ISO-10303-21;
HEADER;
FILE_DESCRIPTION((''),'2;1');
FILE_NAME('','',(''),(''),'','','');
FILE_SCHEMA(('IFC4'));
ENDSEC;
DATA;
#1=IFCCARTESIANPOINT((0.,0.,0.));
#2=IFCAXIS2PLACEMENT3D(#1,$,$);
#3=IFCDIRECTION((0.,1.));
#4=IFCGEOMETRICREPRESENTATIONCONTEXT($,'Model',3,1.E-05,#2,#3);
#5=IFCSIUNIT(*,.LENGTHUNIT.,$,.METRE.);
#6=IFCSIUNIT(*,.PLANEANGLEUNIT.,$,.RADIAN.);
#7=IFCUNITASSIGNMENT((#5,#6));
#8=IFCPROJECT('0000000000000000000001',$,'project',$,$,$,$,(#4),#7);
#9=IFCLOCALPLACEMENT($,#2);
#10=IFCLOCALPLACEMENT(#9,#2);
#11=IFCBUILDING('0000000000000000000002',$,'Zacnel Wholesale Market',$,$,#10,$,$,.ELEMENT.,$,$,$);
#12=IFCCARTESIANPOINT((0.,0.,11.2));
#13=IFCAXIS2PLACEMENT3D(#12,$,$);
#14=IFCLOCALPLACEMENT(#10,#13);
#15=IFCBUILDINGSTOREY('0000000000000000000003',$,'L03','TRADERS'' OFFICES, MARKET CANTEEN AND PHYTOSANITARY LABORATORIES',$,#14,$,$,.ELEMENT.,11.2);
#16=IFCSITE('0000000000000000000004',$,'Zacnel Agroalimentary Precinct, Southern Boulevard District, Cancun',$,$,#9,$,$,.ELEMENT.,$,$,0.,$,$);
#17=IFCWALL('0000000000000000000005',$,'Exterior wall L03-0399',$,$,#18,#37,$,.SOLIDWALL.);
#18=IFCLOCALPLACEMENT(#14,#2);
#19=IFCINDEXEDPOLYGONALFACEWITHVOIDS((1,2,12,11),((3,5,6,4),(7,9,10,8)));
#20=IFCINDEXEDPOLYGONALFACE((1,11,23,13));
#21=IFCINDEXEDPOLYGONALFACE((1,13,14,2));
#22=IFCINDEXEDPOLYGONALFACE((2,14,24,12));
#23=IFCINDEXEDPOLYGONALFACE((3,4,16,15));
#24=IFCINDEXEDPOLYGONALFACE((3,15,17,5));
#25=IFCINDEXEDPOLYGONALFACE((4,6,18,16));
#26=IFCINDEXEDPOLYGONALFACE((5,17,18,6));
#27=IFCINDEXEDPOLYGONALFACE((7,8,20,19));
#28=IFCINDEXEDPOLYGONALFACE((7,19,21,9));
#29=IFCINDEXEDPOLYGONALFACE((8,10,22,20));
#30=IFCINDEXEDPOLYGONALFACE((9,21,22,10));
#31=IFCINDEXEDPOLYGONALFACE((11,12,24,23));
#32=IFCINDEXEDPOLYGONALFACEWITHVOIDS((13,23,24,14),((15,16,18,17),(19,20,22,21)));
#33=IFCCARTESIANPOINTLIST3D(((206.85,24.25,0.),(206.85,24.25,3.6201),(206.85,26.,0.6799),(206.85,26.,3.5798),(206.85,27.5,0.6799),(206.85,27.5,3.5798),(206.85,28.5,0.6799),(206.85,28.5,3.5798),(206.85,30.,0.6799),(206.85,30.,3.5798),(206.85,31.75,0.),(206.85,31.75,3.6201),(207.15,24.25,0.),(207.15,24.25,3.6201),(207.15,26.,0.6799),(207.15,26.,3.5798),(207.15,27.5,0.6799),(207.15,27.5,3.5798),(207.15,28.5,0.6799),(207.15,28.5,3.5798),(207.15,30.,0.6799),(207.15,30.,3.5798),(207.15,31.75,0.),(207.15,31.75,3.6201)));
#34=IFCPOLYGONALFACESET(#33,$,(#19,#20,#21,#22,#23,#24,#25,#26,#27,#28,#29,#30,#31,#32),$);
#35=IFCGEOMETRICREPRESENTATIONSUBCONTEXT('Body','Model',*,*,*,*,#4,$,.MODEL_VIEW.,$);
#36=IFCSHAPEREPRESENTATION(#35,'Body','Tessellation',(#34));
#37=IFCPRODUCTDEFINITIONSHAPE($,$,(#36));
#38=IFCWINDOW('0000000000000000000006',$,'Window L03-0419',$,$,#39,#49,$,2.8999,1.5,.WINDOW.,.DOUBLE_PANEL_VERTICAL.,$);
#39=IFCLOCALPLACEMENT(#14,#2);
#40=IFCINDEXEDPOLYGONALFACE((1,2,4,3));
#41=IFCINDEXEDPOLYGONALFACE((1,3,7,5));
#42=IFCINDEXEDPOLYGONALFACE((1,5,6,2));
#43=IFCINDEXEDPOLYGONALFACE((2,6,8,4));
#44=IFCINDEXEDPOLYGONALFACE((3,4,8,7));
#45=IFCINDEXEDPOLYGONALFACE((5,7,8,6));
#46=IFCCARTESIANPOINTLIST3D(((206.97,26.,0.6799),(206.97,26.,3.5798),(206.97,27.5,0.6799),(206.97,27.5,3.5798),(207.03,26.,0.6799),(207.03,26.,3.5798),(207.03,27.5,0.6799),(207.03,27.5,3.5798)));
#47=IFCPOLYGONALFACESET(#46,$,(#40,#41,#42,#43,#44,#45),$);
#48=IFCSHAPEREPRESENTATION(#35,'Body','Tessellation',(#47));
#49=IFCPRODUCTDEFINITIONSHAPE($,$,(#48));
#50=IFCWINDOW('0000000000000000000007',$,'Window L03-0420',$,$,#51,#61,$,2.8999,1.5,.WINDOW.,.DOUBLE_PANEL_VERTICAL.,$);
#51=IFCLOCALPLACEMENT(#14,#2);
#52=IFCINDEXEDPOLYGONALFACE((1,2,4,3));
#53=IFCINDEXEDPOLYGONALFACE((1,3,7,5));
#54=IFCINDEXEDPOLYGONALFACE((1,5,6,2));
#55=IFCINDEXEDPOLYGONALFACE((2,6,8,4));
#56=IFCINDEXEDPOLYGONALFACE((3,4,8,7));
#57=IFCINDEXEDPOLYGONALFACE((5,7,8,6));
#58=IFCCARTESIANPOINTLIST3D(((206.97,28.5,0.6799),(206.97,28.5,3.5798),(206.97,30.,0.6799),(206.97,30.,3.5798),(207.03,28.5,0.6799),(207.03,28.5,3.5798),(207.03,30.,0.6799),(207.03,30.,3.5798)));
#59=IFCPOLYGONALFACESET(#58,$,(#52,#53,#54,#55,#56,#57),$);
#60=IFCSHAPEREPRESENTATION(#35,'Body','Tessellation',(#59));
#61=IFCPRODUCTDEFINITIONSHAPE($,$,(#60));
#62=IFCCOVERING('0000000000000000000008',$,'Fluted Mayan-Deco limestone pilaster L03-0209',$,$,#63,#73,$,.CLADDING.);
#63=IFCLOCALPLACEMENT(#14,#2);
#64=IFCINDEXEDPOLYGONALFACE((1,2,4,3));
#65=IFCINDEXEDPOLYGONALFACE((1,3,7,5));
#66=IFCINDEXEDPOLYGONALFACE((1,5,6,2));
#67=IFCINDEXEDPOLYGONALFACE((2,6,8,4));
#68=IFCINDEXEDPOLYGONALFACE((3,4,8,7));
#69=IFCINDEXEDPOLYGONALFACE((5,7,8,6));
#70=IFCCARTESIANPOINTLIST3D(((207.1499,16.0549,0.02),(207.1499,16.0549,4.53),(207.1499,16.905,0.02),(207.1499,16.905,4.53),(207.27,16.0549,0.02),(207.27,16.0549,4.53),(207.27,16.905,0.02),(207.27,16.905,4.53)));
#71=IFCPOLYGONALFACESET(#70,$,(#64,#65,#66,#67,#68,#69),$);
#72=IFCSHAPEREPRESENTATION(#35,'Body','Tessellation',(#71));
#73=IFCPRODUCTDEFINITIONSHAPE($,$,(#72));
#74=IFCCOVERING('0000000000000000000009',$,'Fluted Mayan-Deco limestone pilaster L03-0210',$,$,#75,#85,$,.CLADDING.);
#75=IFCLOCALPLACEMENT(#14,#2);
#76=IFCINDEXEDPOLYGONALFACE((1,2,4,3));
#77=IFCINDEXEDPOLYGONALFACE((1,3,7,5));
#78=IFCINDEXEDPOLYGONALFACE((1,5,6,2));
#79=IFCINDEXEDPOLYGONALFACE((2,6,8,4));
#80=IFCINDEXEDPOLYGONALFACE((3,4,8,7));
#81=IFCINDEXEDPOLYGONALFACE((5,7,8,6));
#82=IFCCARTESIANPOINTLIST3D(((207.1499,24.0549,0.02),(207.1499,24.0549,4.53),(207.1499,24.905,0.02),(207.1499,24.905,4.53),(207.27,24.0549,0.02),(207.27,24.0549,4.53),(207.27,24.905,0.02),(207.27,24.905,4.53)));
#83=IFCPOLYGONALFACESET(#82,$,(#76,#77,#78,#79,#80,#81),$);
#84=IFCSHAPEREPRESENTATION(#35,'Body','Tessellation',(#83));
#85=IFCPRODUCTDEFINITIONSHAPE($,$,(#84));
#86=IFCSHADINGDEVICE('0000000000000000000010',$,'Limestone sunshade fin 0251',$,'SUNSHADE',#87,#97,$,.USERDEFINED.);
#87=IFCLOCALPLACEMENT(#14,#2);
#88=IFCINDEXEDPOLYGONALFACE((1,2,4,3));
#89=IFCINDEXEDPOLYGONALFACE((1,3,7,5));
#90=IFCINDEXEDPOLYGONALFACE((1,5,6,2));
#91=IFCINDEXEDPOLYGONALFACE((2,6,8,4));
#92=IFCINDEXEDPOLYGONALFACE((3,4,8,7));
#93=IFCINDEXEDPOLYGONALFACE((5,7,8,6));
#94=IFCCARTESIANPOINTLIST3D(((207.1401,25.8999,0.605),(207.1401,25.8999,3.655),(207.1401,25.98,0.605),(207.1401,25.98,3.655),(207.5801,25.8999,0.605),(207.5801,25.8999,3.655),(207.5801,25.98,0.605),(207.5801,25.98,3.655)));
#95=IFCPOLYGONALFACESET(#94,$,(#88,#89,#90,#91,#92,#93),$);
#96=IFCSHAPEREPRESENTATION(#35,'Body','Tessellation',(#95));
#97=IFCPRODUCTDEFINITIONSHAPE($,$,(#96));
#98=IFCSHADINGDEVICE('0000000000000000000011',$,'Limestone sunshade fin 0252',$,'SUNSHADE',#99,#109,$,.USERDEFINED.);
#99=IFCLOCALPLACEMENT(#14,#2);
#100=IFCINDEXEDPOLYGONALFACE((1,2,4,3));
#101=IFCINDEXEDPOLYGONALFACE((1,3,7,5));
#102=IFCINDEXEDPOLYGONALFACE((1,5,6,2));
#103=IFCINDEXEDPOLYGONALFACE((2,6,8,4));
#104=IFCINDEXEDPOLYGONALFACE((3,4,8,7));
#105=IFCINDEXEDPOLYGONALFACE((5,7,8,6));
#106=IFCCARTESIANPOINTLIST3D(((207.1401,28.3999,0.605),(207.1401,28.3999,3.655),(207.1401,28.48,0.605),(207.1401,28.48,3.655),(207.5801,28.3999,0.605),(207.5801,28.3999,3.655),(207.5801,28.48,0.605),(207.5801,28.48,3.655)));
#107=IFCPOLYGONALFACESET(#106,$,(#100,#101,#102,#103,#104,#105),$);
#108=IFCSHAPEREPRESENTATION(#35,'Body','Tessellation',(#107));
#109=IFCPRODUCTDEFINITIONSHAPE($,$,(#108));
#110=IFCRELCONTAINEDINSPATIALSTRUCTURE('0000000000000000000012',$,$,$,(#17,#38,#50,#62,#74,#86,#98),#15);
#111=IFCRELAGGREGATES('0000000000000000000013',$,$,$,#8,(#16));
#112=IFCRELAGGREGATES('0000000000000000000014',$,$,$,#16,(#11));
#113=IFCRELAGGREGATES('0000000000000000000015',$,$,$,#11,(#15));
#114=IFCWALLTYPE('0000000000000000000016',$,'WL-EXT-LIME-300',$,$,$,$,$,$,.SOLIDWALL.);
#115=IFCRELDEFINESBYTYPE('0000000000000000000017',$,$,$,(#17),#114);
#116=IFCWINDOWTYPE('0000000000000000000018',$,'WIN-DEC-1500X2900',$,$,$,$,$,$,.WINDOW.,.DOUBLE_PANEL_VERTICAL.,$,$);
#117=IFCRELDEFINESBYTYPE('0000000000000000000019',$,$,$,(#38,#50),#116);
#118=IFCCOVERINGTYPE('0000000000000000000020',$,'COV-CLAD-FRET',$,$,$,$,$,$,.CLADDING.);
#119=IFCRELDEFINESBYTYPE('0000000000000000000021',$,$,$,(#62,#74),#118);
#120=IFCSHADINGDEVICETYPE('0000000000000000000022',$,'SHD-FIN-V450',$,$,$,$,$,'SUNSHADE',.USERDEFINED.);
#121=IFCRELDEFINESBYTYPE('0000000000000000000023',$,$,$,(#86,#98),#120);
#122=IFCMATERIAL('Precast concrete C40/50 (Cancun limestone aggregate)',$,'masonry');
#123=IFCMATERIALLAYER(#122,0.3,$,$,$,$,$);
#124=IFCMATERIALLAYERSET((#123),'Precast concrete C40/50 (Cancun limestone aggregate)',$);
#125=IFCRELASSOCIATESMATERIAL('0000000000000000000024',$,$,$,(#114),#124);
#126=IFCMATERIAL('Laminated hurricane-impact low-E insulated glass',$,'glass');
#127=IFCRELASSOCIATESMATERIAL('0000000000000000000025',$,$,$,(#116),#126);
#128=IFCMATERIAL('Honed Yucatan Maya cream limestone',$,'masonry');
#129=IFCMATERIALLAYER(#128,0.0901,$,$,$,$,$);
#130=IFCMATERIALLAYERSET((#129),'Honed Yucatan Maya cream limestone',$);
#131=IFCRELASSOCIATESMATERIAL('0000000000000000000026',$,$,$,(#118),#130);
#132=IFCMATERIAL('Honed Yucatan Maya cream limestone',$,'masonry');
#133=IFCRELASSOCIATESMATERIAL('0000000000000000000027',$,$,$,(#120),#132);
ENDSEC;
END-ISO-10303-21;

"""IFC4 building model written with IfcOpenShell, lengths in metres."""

from ifc_helpers import new_model, si_unit, direction, frame, frame_2d, origin, origin_2d, place, context, subcontext, project, spatial, rectangle, extrude, material, layer, layer_set, type_object, element, fill, save


model = new_model("IFC4")

# Units and contexts
model_context = context("Model", 3, precision=1e-05, world=origin(), true_north=direction((0.0, 1.0)))
body_context = subcontext(model_context, "Body", "Model", "MODEL_VIEW")
ifc_project = project(units=[si_unit("LENGTHUNIT", "METRE"), si_unit("PLANEANGLEUNIT", "RADIAN")], contexts=[model_context])

# Site, building, storey
site_placement = place(None, origin())
site = spatial("IfcSite", under=ifc_project, at=site_placement, Name="Zacnel Agroalimentary Precinct, Southern Boulevard District, Cancun", CompositionType="ELEMENT", RefElevation=0.0)
building_placement = place(site_placement, origin())
building = spatial("IfcBuilding", under=site, at=building_placement, Name="Zacnel Wholesale Market", CompositionType="ELEMENT")
storey_placement = place(building_placement, frame((0.0, 0.0, 11.2)))
storey = spatial("IfcBuildingStorey", under=building, at=storey_placement, Name="L03", Description="TRADERS' OFFICES, MARKET CANTEEN AND PHYTOSANITARY LABORATORIES", CompositionType="ELEMENT", Elevation=11.2)

# Shared definitions
ifc_material_1 = material(Name="Precast concrete C40/50 (Cancun limestone aggregate)", Category="masonry")
ifc_layer_1 = layer(ifc_material_1, 0.3)
ifc_layer_set_1 = layer_set([ifc_layer_1], Name="Precast concrete C40/50 (Cancun limestone aggregate)")
wall_type_1 = type_object("IfcWallType", Name="WL-EXT-LIME-300", PredefinedType="SOLIDWALL", material=ifc_layer_set_1)

# Wall, openings, windows
wall_1_placement = place(storey_placement, frame((207.0, 24.25, 0.0), z_axis=(0.0, 0.0, 1.0), x_axis=(0.0, 1.0, 0.0)))
wall_1 = element("IfcWall", 1, at=wall_1_placement, inside=storey, type_object=wall_type_1, Name="Exterior wall L03-0399", PredefinedType="SOLIDWALL", context=body_context, shape_type="SweptSolid", body=[
    extrude(rectangle(XDim=7.5, YDim=0.3, at=frame_2d((3.75, 0.0))), origin(), (0.0, 0.0, 1.0), 3.6201),
])
opening_1_placement = place(wall_1_placement, frame((1.75, 0.0, 0.6799)))
opening_1 = element("IfcOpeningElement", 2, at=opening_1_placement, cuts=wall_1, PredefinedType="OPENING", context=body_context, shape_type="SweptSolid", body=[
    extrude(rectangle(XDim=1.5, YDim=2.8999, at=frame_2d((0.75, 1.45))), frame((0.0, 0.1599, 0.0), z_axis=(0.0, -1.0, 0.0), x_axis=(1.0, 0.0, 0.0)), (0.0, 0.0, 1.0), 0.3201),
])
opening_2_placement = place(wall_1_placement, frame((4.25, 0.0, 0.6799)))
opening_2 = element("IfcOpeningElement", 3, at=opening_2_placement, cuts=wall_1, PredefinedType="OPENING", context=body_context, shape_type="SweptSolid", body=[
    extrude(rectangle(XDim=1.5, YDim=2.8999, at=frame_2d((0.75, 1.45))), frame((0.0, 0.1599, 0.0), z_axis=(0.0, -1.0, 0.0), x_axis=(1.0, 0.0, 0.0)), (0.0, 0.0, 1.0), 0.3201),
])
ifc_material_2 = material(Name="Laminated hurricane-impact low-E insulated glass", Category="glass")
window_type = type_object("IfcWindowType", Name="WIN-DEC-1500X2900", PartitioningType="DOUBLE_PANEL_VERTICAL", PredefinedType="WINDOW", material=ifc_material_2)
window_1_placement = place(opening_1_placement, origin())
window_1 = element("IfcWindow", 4, at=window_1_placement, inside=storey, type_object=window_type, Name="Window L03-0419", OverallHeight=2.8999, OverallWidth=1.5, PartitioningType="DOUBLE_PANEL_VERTICAL", PredefinedType="WINDOW", context=body_context, shape_type="SweptSolid", body=[
    extrude(rectangle(XDim=1.5, YDim=2.8999, at=frame_2d((0.75, 1.45))), frame((0.0, 0.03, 0.0), z_axis=(0.0, -1.0, 0.0), x_axis=(1.0, 0.0, 0.0)), (0.0, 0.0, 1.0), 0.0601),
])
fill(opening_1, window_1)
window_2_placement = place(opening_2_placement, origin())
window_2 = element("IfcWindow", 5, at=window_2_placement, inside=storey, type_object=window_type, Name="Window L03-0420", OverallHeight=2.8999, OverallWidth=1.5, PartitioningType="DOUBLE_PANEL_VERTICAL", PredefinedType="WINDOW", context=body_context, shape_type="SweptSolid", body=[
    extrude(rectangle(XDim=1.5, YDim=2.8999, at=frame_2d((0.75, 1.45))), frame((0.0, 0.03, 0.0), z_axis=(0.0, -1.0, 0.0), x_axis=(1.0, 0.0, 0.0)), (0.0, 0.0, 1.0), 0.0601),
])
fill(opening_2, window_2)

# Coverings
ifc_material_3 = material(Name="Honed Yucatan Maya cream limestone", Category="masonry")
ifc_layer_2 = layer(ifc_material_3, 0.0901)
ifc_layer_set_2 = layer_set([ifc_layer_2], Name="Honed Yucatan Maya cream limestone")
covering_type = type_object("IfcCoveringType", Name="COV-CLAD-FRET", PredefinedType="CLADDING", material=ifc_layer_set_2)
for number, where, z_axis, x_axis, name in (
    (6, (207.21, 16.48, 0.02), (0.0, 0.0, 1.0), (0.0, 1.0, 0.0), "Fluted Mayan-Deco limestone pilaster L03-0209"),
    (7, (207.21, 24.48, 0.02), (0.0, 0.0, 1.0), (0.0, 1.0, 0.0), "Fluted Mayan-Deco limestone pilaster L03-0210"),
):
    element("IfcCovering", number, at=place(storey_placement, frame(where, z_axis=z_axis, x_axis=x_axis)), inside=storey, type_object=covering_type, Name=name, PredefinedType="CLADDING", context=body_context, shape_type="SweptSolid", body=[
        extrude(rectangle(XDim=0.8501, YDim=0.1201, at=origin_2d()), origin(), (0.0, 0.0, 1.0), 4.51),
    ])

# Shading devices
ifc_material_4 = material(Name="Honed Yucatan Maya cream limestone", Category="masonry")
shading_device_type = type_object("IfcShadingDeviceType", Name="SHD-FIN-V450", ElementType="SUNSHADE", PredefinedType="USERDEFINED", material=ifc_material_4)
for number, where, z_axis, x_axis, name in (
    (8, (207.3601, 25.9399, 0.605), (0.0, 0.0, 1.0), (0.0, 1.0, 0.0), "Limestone sunshade fin 0251"),
    (9, (207.3601, 28.4399, 0.605), (0.0, 0.0, 1.0), (0.0, 1.0, 0.0), "Limestone sunshade fin 0252"),
):
    element("IfcShadingDevice", number, at=place(storey_placement, frame(where, z_axis=z_axis, x_axis=x_axis)), inside=storey, type_object=shading_device_type, Name=name, ObjectType="SUNSHADE", PredefinedType="USERDEFINED", context=body_context, shape_type="SweptSolid", body=[
        extrude(rectangle(XDim=0.0801, YDim=0.4399, at=origin_2d()), origin(), (0.0, 0.0, 1.0), 3.05),
    ])

save(model, "model.ifc")
